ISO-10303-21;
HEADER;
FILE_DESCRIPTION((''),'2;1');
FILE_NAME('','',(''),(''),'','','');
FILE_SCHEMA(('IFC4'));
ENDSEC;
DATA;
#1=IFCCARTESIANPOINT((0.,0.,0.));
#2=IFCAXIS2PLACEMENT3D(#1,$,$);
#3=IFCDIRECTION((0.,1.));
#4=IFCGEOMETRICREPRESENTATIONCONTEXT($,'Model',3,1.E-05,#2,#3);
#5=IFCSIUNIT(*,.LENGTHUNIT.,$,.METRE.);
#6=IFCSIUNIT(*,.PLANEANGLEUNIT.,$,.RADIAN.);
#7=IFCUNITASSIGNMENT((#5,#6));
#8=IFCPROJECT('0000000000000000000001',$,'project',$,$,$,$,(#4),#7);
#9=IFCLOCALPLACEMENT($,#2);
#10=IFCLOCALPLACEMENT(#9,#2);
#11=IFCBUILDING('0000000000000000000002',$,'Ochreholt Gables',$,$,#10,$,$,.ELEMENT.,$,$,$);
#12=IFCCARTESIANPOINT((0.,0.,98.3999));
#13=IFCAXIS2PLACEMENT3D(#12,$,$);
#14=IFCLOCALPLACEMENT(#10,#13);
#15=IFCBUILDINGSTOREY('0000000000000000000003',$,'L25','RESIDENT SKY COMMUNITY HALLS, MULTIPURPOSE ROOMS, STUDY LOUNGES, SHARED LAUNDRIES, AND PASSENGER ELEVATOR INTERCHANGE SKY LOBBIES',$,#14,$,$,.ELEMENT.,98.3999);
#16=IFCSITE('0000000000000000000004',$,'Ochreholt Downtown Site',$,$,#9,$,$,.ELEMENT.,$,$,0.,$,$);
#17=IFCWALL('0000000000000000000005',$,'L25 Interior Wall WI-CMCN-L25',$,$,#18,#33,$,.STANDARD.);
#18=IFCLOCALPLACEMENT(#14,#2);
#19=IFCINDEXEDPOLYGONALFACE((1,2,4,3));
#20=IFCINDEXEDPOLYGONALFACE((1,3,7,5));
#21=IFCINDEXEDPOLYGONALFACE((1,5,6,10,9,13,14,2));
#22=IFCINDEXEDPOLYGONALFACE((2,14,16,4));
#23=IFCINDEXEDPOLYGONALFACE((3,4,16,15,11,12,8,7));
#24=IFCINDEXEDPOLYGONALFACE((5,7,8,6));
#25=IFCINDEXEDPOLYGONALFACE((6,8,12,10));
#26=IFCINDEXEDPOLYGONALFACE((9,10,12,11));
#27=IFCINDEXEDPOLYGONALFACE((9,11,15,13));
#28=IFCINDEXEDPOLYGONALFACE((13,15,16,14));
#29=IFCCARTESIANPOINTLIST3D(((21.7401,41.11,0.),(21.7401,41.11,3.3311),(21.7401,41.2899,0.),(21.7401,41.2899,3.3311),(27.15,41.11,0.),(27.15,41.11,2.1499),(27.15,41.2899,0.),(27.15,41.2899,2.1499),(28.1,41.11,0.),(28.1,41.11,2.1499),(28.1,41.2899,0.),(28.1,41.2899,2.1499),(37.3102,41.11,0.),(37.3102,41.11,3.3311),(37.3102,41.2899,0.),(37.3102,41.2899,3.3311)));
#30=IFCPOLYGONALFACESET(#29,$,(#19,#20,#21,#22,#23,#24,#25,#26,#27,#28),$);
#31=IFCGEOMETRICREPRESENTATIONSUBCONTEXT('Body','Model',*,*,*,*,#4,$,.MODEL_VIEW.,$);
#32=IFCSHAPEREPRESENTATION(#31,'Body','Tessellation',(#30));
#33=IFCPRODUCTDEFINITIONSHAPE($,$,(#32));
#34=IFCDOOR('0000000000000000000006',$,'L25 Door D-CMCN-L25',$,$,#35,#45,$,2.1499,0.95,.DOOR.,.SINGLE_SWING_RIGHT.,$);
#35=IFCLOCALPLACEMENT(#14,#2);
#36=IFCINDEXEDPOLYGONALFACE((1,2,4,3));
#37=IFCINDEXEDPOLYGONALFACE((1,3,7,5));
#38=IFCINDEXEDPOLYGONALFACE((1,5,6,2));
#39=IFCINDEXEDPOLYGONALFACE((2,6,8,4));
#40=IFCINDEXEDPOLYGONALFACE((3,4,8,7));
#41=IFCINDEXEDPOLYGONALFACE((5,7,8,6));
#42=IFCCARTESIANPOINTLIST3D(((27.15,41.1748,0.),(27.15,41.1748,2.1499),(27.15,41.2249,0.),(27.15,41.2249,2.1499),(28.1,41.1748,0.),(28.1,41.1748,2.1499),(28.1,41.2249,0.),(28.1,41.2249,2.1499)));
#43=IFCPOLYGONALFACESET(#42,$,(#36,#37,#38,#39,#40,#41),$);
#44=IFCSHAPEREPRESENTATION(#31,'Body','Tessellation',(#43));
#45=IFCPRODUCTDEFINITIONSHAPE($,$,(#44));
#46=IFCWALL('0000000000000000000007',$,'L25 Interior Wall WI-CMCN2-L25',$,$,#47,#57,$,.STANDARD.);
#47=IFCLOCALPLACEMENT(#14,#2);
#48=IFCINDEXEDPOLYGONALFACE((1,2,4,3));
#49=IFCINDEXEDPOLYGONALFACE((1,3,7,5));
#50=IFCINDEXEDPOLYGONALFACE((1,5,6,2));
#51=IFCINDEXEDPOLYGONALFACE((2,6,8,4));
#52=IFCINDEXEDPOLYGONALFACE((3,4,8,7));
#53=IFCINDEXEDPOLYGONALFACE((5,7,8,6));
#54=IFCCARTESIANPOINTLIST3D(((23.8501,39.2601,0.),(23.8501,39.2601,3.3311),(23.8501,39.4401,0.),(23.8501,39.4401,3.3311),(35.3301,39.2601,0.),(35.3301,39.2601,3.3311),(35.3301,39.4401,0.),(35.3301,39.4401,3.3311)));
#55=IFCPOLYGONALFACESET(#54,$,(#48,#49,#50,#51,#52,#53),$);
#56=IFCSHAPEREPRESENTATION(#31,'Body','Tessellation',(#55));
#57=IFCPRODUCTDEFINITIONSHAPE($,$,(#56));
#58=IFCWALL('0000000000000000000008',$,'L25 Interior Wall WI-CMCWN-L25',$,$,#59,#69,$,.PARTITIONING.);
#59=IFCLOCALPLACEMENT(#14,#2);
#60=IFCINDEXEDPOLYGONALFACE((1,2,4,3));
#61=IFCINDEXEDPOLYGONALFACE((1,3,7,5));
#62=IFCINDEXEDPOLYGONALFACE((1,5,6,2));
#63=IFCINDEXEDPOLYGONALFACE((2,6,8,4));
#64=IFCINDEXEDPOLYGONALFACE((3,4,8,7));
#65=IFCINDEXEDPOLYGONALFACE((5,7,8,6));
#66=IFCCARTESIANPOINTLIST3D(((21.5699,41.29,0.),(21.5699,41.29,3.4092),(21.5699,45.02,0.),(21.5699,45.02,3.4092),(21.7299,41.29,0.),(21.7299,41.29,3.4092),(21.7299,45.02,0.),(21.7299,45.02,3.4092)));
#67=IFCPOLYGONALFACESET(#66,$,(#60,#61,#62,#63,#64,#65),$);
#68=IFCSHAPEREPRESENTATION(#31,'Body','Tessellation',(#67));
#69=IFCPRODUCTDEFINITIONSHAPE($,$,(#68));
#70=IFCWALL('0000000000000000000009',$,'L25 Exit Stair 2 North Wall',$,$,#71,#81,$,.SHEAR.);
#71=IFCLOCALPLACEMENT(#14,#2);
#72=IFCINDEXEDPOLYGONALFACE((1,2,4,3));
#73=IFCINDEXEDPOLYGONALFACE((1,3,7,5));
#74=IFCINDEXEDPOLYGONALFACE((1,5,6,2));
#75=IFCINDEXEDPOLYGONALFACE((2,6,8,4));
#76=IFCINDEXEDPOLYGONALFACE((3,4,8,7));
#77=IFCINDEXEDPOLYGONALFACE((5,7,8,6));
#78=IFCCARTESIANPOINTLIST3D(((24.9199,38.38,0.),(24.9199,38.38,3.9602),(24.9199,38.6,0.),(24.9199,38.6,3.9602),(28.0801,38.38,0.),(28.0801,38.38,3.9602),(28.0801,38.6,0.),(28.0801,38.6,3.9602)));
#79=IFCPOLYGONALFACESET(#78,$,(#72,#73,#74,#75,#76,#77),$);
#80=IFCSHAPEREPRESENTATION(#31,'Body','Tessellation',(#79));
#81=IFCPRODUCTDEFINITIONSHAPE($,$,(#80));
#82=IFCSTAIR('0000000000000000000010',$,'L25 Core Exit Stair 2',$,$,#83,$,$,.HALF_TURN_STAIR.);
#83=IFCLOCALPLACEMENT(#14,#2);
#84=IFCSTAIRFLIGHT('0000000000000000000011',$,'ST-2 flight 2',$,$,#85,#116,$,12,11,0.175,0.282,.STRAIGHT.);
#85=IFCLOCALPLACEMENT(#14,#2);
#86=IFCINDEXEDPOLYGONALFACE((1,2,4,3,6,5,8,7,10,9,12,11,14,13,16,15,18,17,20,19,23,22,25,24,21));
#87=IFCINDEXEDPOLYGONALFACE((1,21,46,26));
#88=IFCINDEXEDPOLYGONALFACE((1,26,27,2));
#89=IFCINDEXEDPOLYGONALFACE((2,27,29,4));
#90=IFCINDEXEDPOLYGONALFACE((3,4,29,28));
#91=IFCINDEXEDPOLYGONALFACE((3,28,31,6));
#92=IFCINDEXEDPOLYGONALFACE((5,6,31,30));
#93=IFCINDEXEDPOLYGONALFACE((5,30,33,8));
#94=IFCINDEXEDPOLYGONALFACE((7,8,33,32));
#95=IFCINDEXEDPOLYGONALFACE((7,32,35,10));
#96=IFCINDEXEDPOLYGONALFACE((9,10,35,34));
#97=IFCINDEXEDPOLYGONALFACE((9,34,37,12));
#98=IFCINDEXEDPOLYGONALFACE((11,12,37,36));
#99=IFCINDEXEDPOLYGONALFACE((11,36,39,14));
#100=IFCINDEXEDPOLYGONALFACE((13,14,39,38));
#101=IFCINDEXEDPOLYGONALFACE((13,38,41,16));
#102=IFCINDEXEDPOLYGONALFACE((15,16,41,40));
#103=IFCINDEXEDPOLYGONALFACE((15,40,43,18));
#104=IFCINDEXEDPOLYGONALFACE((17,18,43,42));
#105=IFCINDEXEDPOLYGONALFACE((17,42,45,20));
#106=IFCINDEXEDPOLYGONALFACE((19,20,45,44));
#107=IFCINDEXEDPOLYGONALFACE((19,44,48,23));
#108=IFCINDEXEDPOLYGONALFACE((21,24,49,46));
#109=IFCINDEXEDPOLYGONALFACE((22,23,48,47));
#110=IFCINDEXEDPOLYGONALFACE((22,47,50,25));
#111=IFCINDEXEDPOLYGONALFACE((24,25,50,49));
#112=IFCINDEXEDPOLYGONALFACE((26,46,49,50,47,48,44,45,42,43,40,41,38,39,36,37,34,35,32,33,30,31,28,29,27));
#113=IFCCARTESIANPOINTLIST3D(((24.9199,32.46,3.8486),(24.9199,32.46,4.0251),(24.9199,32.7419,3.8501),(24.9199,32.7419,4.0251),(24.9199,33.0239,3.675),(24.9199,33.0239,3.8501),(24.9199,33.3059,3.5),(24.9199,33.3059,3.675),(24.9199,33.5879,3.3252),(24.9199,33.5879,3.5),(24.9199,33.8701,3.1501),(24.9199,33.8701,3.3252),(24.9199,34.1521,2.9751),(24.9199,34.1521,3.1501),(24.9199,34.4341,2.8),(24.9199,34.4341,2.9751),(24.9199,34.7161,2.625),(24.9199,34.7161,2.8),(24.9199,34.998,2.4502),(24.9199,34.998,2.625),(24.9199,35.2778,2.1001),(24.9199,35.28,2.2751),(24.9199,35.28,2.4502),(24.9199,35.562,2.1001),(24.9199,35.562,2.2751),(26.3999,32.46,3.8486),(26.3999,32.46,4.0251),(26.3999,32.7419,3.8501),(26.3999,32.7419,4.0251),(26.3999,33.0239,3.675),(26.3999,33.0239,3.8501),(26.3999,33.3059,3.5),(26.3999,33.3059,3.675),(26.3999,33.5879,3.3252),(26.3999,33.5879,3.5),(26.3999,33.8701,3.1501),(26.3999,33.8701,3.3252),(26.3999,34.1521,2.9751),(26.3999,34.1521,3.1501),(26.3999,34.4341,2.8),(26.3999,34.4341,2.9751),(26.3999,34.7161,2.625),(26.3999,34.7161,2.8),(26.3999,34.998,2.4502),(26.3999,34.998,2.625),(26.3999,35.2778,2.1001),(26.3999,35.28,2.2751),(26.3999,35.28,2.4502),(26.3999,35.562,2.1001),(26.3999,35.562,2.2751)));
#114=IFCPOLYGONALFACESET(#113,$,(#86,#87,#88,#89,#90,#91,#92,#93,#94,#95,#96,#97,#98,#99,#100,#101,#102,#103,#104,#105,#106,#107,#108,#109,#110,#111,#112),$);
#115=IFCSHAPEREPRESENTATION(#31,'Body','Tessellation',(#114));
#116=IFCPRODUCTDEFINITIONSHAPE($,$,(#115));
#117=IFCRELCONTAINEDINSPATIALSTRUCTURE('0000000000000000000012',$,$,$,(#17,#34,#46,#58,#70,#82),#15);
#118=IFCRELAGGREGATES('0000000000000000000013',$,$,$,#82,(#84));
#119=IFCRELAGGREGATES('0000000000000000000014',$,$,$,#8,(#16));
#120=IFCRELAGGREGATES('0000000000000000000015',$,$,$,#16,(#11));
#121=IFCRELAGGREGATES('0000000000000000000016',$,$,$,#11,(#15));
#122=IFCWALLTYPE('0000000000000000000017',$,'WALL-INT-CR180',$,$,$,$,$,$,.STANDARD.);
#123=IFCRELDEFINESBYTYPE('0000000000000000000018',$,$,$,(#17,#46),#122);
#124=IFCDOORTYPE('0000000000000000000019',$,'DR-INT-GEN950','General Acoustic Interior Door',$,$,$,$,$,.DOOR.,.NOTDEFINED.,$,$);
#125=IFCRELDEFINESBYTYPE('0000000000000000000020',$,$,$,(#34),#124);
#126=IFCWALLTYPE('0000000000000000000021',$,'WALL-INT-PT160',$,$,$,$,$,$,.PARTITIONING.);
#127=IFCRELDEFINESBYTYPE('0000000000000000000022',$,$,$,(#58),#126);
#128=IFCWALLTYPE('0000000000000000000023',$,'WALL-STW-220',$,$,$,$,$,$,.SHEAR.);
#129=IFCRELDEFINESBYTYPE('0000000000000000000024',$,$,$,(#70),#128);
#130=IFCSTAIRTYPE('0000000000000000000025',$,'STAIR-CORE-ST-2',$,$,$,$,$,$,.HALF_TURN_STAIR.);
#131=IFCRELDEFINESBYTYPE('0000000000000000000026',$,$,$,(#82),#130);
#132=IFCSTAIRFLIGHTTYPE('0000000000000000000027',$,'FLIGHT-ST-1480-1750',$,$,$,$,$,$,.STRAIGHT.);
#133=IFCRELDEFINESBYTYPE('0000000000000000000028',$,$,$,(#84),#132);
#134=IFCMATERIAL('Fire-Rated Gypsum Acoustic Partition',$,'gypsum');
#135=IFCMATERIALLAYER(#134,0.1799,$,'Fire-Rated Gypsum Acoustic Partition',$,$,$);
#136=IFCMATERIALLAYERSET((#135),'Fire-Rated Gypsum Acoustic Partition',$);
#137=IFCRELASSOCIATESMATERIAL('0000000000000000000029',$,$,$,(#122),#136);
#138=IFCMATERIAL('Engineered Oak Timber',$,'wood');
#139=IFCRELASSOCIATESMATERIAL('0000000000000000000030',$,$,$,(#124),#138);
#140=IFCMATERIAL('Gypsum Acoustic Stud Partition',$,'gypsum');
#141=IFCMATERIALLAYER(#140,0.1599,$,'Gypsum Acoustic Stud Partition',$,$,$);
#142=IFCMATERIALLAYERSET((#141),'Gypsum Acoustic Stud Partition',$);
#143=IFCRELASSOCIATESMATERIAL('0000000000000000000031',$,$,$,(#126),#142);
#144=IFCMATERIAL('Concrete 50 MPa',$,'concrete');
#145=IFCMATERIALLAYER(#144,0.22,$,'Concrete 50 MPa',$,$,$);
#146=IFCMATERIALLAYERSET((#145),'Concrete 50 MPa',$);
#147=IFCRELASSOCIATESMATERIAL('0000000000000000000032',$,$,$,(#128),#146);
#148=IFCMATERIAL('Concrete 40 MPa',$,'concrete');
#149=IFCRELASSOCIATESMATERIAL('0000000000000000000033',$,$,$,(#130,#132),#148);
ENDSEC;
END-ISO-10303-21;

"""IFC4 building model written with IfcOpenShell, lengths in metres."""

from ifc_helpers import new_model, si_unit, direction, frame, frame_2d, origin, place, context, subcontext, project, spatial, polyline, rectangle, outline, extrude, material, layer, layer_set, type_object, element, fill, aggregate, save


model = new_model("IFC4")

# Units and contexts
model_context = context("Model", 3, precision=1e-05, world=origin(), true_north=direction((0.0, 1.0)))
body_context = subcontext(model_context, "Body", "Model", "MODEL_VIEW")
ifc_project = project(units=[si_unit("LENGTHUNIT", "METRE"), si_unit("PLANEANGLEUNIT", "RADIAN")], contexts=[model_context])

# Site, building, storey
site_placement = place(None, origin())
site = spatial("IfcSite", under=ifc_project, at=site_placement, Name="Ochreholt Downtown Site", CompositionType="ELEMENT", RefElevation=0.0)
building_placement = place(site_placement, origin())
building = spatial("IfcBuilding", under=site, at=building_placement, Name="Ochreholt Gables", CompositionType="ELEMENT")
storey_placement = place(building_placement, frame((0.0, 0.0, 98.3999)))
storey = spatial("IfcBuildingStorey", under=building, at=storey_placement, Name="L25", Description="RESIDENT SKY COMMUNITY HALLS, MULTIPURPOSE ROOMS, STUDY LOUNGES, SHARED LAUNDRIES, AND PASSENGER ELEVATOR INTERCHANGE SKY LOBBIES", CompositionType="ELEMENT", Elevation=98.3999)

# Wall, opening, door
ifc_material_1 = material(Name="Fire-Rated Gypsum Acoustic Partition", Category="gypsum")
ifc_layer_1 = layer(ifc_material_1, 0.1799, Name="Fire-Rated Gypsum Acoustic Partition")
ifc_layer_set_1 = layer_set([ifc_layer_1], Name="Fire-Rated Gypsum Acoustic Partition")
wall_type_1 = type_object("IfcWallType", Name="WALL-INT-CR180", PredefinedType="STANDARD", material=ifc_layer_set_1)
wall_1_placement = place(storey_placement, frame((21.74, 41.2, 0.0), z_axis=(0.0, 0.0, 1.0), x_axis=(1.0, 0.0, 0.0)))
wall_1 = element("IfcWall", 1, at=wall_1_placement, inside=storey, type_object=wall_type_1, Name="L25 Interior Wall WI-CMCN-L25", PredefinedType="STANDARD", context=body_context, shape_type="SweptSolid", body=[
    extrude(rectangle(XDim=15.5701, YDim=0.1799, at=frame_2d((7.7852, 0.0))), origin(), (0.0, 0.0, 1.0), 3.3311),
])
opening_1_placement = place(wall_1_placement, frame((5.4099, 0.0, 0.0)))
opening_1 = element("IfcOpeningElement", 2, at=opening_1_placement, cuts=wall_1, PredefinedType="OPENING", context=body_context, shape_type="SweptSolid", body=[
    extrude(rectangle(XDim=0.95, YDim=2.1499, at=frame_2d((0.4751, 1.075))), frame((0.0, 0.0999, 0.0), z_axis=(0.0, -1.0, 0.0), x_axis=(1.0, 0.0, 0.0)), (0.0, 0.0, 1.0), 0.2),
])
ifc_material_2 = material(Name="Engineered Oak Timber", Category="wood")
door_type = type_object("IfcDoorType", Name="DR-INT-GEN950", Description="General Acoustic Interior Door", OperationType="NOTDEFINED", PredefinedType="DOOR", material=ifc_material_2)
door_placement = place(opening_1_placement, origin())
door = element("IfcDoor", 3, at=door_placement, inside=storey, type_object=door_type, Name="L25 Door D-CMCN-L25", OperationType="SINGLE_SWING_RIGHT", OverallHeight=2.1499, OverallWidth=0.95, PredefinedType="DOOR", context=body_context, shape_type="SweptSolid", body=[
    extrude(rectangle(XDim=0.95, YDim=2.1499, at=frame_2d((0.4751, 1.075))), frame((0.0, 0.0249, 0.0), z_axis=(0.0, -1.0, 0.0), x_axis=(1.0, 0.0, 0.0)), (0.0, 0.0, 1.0), 0.05),
])
fill(opening_1, door)

# Walls
wall_2_placement = place(storey_placement, frame((23.8501, 39.3501, 0.0), z_axis=(0.0, 0.0, 1.0), x_axis=(1.0, 0.0, 0.0)))
element("IfcWall", 4, at=wall_2_placement, inside=storey, type_object=wall_type_1, Name="L25 Interior Wall WI-CMCN2-L25", PredefinedType="STANDARD", context=body_context, shape_type="SweptSolid", body=[
    extrude(rectangle(XDim=11.48, YDim=0.1799, at=frame_2d((5.74, 0.0))), origin(), (0.0, 0.0, 1.0), 3.3311),
])
ifc_material_3 = material(Name="Gypsum Acoustic Stud Partition", Category="gypsum")
ifc_layer_2 = layer(ifc_material_3, 0.1599, Name="Gypsum Acoustic Stud Partition")
ifc_layer_set_2 = layer_set([ifc_layer_2], Name="Gypsum Acoustic Stud Partition")
wall_type_2 = type_object("IfcWallType", Name="WALL-INT-PT160", PredefinedType="PARTITIONING", material=ifc_layer_set_2)
wall_3_placement = place(storey_placement, frame((21.6499, 41.29, 0.0), z_axis=(0.0, 0.0, 1.0), x_axis=(0.0, 1.0, 0.0)))
element("IfcWall", 5, at=wall_3_placement, inside=storey, type_object=wall_type_2, Name="L25 Interior Wall WI-CMCWN-L25", PredefinedType="PARTITIONING", context=body_context, shape_type="SweptSolid", body=[
    extrude(rectangle(XDim=3.73, YDim=0.1599, at=frame_2d((1.865, 0.0))), origin(), (0.0, 0.0, 1.0), 3.4092),
])
ifc_material_4 = material(Name="Concrete 50 MPa", Category="concrete")
ifc_layer_3 = layer(ifc_material_4, 0.22, Name="Concrete 50 MPa")
ifc_layer_set_3 = layer_set([ifc_layer_3], Name="Concrete 50 MPa")
wall_type_3 = type_object("IfcWallType", Name="WALL-STW-220", PredefinedType="SHEAR", material=ifc_layer_set_3)
wall_4_placement = place(storey_placement, frame((24.9199, 38.49, 0.0), z_axis=(0.0, 0.0, 1.0), x_axis=(1.0, 0.0, 0.0)))
element("IfcWall", 6, at=wall_4_placement, inside=storey, type_object=wall_type_3, Name="L25 Exit Stair 2 North Wall", PredefinedType="SHEAR", context=body_context, shape_type="SweptSolid", body=[
    extrude(rectangle(XDim=3.1602, YDim=0.22, at=frame_2d((1.5801, 0.0))), origin(), (0.0, 0.0, 1.0), 3.9602),
])

# Stair, stair flight
ifc_material_5 = material(Name="Concrete 40 MPa", Category="concrete")
stair_type = type_object("IfcStairType", Name="STAIR-CORE-ST-2", PredefinedType="HALF_TURN_STAIR", material=ifc_material_5)
stair_placement = place(storey_placement, origin())
stair = element("IfcStair", 7, at=stair_placement, inside=storey, type_object=stair_type, Name="L25 Core Exit Stair 2", PredefinedType="HALF_TURN_STAIR")
stair_flight_type = type_object("IfcStairFlightType", Name="FLIGHT-ST-1480-1750", PredefinedType="STRAIGHT", material=ifc_material_5)
stair_flight_placement = place(storey_placement, frame((25.6599, 35.562, 2.1001), z_axis=(0.0, 0.0, 1.0), x_axis=(0.0, -1.0, 0.0)))
stair_flight = element("IfcStairFlight", 8, at=stair_flight_placement, type_object=stair_flight_type, Name="ST-2 flight 2", NumberOfRisers=12, NumberOfTreads=11, PredefinedType="STRAIGHT", RiserHeight=0.175, TreadLength=0.282, context=body_context, shape_type="SweptSolid", body=[
    extrude(outline(polyline([(0.0, 0.0), (0.0, 0.175), (0.282, 0.175), (0.282, 0.3501), (0.564, 0.3501), (0.564, 0.5249), (0.8459, 0.5249), (0.8459, 0.7), (1.1279, 0.7), (1.1279, 0.875), (1.4099, 0.875), (1.4099, 1.05), (1.6919, 1.05), (1.6919, 1.2251), (1.9741, 1.2251), (1.9741, 1.3999), (2.2561, 1.3999), (2.2561, 1.575), (2.5381, 1.575), (2.5381, 1.75), (2.8201, 1.75), (2.8201, 1.925), (3.1021, 1.925), (3.1021, 2.1001), (3.1021, 1.7485), (0.2842, 0.0), (0.0, 0.0)])), frame((0.0, 0.74, 0.0), z_axis=(0.0, -1.0, 0.0), x_axis=(1.0, 0.0, 0.0)), (0.0, 0.0, 1.0), 1.48),
])
aggregate(stair, [stair_flight])

save(model, "model.ifc")
